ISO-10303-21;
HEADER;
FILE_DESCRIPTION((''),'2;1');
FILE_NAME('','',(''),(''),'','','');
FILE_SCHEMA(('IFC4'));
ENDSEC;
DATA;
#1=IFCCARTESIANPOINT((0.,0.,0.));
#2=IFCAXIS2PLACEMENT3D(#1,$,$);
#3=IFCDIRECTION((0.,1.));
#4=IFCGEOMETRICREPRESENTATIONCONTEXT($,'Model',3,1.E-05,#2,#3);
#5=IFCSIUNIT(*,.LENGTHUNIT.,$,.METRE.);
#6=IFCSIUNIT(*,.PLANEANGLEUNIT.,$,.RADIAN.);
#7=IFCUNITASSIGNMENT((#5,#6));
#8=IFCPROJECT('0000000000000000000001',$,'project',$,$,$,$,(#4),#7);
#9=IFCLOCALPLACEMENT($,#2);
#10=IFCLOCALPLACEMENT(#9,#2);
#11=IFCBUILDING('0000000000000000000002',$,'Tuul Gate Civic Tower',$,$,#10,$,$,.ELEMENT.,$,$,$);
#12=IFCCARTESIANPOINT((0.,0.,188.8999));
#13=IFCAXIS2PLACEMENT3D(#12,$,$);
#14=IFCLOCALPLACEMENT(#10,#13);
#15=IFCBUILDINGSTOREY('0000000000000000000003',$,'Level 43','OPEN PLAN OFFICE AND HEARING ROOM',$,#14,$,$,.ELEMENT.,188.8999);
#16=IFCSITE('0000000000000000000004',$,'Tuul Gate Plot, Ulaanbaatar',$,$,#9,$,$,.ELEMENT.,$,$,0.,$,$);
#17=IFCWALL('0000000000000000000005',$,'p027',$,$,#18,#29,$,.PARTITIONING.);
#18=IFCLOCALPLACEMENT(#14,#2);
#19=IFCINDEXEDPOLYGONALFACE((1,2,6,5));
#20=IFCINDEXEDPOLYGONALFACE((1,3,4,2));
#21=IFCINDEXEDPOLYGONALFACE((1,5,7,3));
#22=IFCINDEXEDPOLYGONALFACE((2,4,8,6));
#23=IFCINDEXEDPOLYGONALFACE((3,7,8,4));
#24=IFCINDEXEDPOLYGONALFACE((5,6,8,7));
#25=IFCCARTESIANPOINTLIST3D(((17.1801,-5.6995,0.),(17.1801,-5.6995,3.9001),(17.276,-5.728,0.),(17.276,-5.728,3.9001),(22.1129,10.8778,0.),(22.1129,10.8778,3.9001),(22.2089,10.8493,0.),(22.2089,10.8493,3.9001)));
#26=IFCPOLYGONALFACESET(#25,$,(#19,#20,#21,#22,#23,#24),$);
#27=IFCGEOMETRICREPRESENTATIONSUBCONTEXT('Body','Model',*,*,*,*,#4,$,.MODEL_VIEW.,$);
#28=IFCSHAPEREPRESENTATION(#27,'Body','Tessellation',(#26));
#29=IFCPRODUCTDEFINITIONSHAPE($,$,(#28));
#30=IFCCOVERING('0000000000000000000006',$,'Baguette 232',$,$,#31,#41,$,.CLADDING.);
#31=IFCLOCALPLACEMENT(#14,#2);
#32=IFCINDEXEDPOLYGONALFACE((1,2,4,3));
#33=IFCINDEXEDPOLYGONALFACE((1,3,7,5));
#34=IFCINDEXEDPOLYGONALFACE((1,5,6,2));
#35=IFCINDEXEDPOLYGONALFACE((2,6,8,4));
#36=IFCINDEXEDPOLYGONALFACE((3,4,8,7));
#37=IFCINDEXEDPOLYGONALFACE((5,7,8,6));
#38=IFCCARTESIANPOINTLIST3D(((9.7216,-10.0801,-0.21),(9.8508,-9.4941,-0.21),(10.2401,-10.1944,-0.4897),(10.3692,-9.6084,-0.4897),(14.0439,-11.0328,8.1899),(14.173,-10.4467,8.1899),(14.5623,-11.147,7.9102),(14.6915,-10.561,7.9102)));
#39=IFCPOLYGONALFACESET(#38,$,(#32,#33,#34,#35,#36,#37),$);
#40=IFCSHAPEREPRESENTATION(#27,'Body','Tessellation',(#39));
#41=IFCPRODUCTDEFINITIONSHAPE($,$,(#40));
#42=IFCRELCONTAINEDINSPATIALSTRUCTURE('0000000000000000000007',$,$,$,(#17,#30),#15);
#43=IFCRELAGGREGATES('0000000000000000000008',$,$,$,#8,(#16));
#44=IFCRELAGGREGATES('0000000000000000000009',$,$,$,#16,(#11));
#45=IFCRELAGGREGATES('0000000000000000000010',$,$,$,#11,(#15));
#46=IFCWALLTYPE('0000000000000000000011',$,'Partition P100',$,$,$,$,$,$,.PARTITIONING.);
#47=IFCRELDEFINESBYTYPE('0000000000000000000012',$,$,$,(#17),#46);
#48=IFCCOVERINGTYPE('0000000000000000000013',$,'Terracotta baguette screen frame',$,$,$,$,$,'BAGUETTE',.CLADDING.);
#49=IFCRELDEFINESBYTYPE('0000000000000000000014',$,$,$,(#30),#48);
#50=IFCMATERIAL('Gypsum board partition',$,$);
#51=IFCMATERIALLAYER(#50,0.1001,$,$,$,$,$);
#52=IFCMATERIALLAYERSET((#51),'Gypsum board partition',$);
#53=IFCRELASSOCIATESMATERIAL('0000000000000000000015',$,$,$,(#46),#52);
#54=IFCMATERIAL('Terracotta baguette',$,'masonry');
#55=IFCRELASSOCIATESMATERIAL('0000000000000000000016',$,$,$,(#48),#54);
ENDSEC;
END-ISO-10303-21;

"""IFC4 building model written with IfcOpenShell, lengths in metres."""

from ifc_helpers import new_model, si_unit, direction, frame, frame_2d, origin, origin_2d, place, context, subcontext, project, spatial, rectangle, extrude, material, layer, layer_set, material_profile, profile_set, type_object, element, save


model = new_model("IFC4")

# Units and contexts
model_context = context("Model", 3, precision=1e-05, world=origin(), true_north=direction((0.0, 1.0)))
body_context = subcontext(model_context, "Body", "Model", "MODEL_VIEW")
ifc_project = project(units=[si_unit("LENGTHUNIT", "METRE"), si_unit("PLANEANGLEUNIT", "RADIAN")], contexts=[model_context])

# Site, building, storey
site_placement = place(None, origin())
site = spatial("IfcSite", under=ifc_project, at=site_placement, Name="Tuul Gate Plot, Ulaanbaatar", CompositionType="ELEMENT", RefElevation=0.0)
building_placement = place(site_placement, origin())
building = spatial("IfcBuilding", under=site, at=building_placement, Name="Tuul Gate Civic Tower", CompositionType="ELEMENT")
storey_placement = place(building_placement, frame((0.0, 0.0, 188.8999)))
storey = spatial("IfcBuildingStorey", under=building, at=storey_placement, Name="Level 43", Description="OPEN PLAN OFFICE AND HEARING ROOM", CompositionType="ELEMENT", Elevation=188.8999)

# Wall
ifc_material_1 = material(Name="Gypsum board partition")
ifc_layer_1 = layer(ifc_material_1, 0.1001)
ifc_layer_set_1 = layer_set([ifc_layer_1], Name="Gypsum board partition")
wall_type_1 = type_object("IfcWallType", Name="Partition P100", PredefinedType="PARTITIONING", material=ifc_layer_set_1)
wall_1_placement = place(storey_placement, frame((17.228, -5.7139, 0.0), z_axis=(0.0, 0.0, 1.0), x_axis=(0.285207, 0.958466, 0.0)))
element("IfcWall", 1, at=wall_1_placement, inside=storey, type_object=wall_type_1, Name="p027", PredefinedType="PARTITIONING", context=body_context, shape_type="SweptSolid", body=[
    extrude(rectangle(XDim=17.2957, YDim=0.1001, at=frame_2d((8.6479, 0.0))), origin(), (0.0, 0.0, 1.0), 3.9001),
])

# Covering
ifc_material_2 = material(Name="Terracotta baguette", Category="masonry")
ifc_material_profile_1 = material_profile(ifc_material_2, rectangle(XDim=0.6001, YDim=0.6001, at=origin_2d()), Name="Terracotta baguette screen frame")
ifc_profile_set_1 = profile_set([ifc_material_profile_1], Name="Terracotta baguette")
covering_type = type_object("IfcCoveringType", Name="Terracotta baguette screen frame", ElementType="BAGUETTE", PredefinedType="CLADDING", material=ifc_profile_set_1)
covering_placement = place(storey_placement, frame((14.3677, -10.7969, 8.05), z_axis=(-0.455233, 0.100334, -0.884701), x_axis=(-0.215236, -0.976562, 0.0)))
element("IfcCovering", 2, at=covering_placement, inside=storey, type_object=covering_type, Name="Baguette 232", PredefinedType="CLADDING", context=body_context, shape_type="SweptSolid", body=[
    extrude(rectangle(XDim=0.6001, YDim=0.6001, at=origin_2d()), origin(), (0.0, 0.0, 1.0), 9.4946),
])

save(model, "model.ifc")
